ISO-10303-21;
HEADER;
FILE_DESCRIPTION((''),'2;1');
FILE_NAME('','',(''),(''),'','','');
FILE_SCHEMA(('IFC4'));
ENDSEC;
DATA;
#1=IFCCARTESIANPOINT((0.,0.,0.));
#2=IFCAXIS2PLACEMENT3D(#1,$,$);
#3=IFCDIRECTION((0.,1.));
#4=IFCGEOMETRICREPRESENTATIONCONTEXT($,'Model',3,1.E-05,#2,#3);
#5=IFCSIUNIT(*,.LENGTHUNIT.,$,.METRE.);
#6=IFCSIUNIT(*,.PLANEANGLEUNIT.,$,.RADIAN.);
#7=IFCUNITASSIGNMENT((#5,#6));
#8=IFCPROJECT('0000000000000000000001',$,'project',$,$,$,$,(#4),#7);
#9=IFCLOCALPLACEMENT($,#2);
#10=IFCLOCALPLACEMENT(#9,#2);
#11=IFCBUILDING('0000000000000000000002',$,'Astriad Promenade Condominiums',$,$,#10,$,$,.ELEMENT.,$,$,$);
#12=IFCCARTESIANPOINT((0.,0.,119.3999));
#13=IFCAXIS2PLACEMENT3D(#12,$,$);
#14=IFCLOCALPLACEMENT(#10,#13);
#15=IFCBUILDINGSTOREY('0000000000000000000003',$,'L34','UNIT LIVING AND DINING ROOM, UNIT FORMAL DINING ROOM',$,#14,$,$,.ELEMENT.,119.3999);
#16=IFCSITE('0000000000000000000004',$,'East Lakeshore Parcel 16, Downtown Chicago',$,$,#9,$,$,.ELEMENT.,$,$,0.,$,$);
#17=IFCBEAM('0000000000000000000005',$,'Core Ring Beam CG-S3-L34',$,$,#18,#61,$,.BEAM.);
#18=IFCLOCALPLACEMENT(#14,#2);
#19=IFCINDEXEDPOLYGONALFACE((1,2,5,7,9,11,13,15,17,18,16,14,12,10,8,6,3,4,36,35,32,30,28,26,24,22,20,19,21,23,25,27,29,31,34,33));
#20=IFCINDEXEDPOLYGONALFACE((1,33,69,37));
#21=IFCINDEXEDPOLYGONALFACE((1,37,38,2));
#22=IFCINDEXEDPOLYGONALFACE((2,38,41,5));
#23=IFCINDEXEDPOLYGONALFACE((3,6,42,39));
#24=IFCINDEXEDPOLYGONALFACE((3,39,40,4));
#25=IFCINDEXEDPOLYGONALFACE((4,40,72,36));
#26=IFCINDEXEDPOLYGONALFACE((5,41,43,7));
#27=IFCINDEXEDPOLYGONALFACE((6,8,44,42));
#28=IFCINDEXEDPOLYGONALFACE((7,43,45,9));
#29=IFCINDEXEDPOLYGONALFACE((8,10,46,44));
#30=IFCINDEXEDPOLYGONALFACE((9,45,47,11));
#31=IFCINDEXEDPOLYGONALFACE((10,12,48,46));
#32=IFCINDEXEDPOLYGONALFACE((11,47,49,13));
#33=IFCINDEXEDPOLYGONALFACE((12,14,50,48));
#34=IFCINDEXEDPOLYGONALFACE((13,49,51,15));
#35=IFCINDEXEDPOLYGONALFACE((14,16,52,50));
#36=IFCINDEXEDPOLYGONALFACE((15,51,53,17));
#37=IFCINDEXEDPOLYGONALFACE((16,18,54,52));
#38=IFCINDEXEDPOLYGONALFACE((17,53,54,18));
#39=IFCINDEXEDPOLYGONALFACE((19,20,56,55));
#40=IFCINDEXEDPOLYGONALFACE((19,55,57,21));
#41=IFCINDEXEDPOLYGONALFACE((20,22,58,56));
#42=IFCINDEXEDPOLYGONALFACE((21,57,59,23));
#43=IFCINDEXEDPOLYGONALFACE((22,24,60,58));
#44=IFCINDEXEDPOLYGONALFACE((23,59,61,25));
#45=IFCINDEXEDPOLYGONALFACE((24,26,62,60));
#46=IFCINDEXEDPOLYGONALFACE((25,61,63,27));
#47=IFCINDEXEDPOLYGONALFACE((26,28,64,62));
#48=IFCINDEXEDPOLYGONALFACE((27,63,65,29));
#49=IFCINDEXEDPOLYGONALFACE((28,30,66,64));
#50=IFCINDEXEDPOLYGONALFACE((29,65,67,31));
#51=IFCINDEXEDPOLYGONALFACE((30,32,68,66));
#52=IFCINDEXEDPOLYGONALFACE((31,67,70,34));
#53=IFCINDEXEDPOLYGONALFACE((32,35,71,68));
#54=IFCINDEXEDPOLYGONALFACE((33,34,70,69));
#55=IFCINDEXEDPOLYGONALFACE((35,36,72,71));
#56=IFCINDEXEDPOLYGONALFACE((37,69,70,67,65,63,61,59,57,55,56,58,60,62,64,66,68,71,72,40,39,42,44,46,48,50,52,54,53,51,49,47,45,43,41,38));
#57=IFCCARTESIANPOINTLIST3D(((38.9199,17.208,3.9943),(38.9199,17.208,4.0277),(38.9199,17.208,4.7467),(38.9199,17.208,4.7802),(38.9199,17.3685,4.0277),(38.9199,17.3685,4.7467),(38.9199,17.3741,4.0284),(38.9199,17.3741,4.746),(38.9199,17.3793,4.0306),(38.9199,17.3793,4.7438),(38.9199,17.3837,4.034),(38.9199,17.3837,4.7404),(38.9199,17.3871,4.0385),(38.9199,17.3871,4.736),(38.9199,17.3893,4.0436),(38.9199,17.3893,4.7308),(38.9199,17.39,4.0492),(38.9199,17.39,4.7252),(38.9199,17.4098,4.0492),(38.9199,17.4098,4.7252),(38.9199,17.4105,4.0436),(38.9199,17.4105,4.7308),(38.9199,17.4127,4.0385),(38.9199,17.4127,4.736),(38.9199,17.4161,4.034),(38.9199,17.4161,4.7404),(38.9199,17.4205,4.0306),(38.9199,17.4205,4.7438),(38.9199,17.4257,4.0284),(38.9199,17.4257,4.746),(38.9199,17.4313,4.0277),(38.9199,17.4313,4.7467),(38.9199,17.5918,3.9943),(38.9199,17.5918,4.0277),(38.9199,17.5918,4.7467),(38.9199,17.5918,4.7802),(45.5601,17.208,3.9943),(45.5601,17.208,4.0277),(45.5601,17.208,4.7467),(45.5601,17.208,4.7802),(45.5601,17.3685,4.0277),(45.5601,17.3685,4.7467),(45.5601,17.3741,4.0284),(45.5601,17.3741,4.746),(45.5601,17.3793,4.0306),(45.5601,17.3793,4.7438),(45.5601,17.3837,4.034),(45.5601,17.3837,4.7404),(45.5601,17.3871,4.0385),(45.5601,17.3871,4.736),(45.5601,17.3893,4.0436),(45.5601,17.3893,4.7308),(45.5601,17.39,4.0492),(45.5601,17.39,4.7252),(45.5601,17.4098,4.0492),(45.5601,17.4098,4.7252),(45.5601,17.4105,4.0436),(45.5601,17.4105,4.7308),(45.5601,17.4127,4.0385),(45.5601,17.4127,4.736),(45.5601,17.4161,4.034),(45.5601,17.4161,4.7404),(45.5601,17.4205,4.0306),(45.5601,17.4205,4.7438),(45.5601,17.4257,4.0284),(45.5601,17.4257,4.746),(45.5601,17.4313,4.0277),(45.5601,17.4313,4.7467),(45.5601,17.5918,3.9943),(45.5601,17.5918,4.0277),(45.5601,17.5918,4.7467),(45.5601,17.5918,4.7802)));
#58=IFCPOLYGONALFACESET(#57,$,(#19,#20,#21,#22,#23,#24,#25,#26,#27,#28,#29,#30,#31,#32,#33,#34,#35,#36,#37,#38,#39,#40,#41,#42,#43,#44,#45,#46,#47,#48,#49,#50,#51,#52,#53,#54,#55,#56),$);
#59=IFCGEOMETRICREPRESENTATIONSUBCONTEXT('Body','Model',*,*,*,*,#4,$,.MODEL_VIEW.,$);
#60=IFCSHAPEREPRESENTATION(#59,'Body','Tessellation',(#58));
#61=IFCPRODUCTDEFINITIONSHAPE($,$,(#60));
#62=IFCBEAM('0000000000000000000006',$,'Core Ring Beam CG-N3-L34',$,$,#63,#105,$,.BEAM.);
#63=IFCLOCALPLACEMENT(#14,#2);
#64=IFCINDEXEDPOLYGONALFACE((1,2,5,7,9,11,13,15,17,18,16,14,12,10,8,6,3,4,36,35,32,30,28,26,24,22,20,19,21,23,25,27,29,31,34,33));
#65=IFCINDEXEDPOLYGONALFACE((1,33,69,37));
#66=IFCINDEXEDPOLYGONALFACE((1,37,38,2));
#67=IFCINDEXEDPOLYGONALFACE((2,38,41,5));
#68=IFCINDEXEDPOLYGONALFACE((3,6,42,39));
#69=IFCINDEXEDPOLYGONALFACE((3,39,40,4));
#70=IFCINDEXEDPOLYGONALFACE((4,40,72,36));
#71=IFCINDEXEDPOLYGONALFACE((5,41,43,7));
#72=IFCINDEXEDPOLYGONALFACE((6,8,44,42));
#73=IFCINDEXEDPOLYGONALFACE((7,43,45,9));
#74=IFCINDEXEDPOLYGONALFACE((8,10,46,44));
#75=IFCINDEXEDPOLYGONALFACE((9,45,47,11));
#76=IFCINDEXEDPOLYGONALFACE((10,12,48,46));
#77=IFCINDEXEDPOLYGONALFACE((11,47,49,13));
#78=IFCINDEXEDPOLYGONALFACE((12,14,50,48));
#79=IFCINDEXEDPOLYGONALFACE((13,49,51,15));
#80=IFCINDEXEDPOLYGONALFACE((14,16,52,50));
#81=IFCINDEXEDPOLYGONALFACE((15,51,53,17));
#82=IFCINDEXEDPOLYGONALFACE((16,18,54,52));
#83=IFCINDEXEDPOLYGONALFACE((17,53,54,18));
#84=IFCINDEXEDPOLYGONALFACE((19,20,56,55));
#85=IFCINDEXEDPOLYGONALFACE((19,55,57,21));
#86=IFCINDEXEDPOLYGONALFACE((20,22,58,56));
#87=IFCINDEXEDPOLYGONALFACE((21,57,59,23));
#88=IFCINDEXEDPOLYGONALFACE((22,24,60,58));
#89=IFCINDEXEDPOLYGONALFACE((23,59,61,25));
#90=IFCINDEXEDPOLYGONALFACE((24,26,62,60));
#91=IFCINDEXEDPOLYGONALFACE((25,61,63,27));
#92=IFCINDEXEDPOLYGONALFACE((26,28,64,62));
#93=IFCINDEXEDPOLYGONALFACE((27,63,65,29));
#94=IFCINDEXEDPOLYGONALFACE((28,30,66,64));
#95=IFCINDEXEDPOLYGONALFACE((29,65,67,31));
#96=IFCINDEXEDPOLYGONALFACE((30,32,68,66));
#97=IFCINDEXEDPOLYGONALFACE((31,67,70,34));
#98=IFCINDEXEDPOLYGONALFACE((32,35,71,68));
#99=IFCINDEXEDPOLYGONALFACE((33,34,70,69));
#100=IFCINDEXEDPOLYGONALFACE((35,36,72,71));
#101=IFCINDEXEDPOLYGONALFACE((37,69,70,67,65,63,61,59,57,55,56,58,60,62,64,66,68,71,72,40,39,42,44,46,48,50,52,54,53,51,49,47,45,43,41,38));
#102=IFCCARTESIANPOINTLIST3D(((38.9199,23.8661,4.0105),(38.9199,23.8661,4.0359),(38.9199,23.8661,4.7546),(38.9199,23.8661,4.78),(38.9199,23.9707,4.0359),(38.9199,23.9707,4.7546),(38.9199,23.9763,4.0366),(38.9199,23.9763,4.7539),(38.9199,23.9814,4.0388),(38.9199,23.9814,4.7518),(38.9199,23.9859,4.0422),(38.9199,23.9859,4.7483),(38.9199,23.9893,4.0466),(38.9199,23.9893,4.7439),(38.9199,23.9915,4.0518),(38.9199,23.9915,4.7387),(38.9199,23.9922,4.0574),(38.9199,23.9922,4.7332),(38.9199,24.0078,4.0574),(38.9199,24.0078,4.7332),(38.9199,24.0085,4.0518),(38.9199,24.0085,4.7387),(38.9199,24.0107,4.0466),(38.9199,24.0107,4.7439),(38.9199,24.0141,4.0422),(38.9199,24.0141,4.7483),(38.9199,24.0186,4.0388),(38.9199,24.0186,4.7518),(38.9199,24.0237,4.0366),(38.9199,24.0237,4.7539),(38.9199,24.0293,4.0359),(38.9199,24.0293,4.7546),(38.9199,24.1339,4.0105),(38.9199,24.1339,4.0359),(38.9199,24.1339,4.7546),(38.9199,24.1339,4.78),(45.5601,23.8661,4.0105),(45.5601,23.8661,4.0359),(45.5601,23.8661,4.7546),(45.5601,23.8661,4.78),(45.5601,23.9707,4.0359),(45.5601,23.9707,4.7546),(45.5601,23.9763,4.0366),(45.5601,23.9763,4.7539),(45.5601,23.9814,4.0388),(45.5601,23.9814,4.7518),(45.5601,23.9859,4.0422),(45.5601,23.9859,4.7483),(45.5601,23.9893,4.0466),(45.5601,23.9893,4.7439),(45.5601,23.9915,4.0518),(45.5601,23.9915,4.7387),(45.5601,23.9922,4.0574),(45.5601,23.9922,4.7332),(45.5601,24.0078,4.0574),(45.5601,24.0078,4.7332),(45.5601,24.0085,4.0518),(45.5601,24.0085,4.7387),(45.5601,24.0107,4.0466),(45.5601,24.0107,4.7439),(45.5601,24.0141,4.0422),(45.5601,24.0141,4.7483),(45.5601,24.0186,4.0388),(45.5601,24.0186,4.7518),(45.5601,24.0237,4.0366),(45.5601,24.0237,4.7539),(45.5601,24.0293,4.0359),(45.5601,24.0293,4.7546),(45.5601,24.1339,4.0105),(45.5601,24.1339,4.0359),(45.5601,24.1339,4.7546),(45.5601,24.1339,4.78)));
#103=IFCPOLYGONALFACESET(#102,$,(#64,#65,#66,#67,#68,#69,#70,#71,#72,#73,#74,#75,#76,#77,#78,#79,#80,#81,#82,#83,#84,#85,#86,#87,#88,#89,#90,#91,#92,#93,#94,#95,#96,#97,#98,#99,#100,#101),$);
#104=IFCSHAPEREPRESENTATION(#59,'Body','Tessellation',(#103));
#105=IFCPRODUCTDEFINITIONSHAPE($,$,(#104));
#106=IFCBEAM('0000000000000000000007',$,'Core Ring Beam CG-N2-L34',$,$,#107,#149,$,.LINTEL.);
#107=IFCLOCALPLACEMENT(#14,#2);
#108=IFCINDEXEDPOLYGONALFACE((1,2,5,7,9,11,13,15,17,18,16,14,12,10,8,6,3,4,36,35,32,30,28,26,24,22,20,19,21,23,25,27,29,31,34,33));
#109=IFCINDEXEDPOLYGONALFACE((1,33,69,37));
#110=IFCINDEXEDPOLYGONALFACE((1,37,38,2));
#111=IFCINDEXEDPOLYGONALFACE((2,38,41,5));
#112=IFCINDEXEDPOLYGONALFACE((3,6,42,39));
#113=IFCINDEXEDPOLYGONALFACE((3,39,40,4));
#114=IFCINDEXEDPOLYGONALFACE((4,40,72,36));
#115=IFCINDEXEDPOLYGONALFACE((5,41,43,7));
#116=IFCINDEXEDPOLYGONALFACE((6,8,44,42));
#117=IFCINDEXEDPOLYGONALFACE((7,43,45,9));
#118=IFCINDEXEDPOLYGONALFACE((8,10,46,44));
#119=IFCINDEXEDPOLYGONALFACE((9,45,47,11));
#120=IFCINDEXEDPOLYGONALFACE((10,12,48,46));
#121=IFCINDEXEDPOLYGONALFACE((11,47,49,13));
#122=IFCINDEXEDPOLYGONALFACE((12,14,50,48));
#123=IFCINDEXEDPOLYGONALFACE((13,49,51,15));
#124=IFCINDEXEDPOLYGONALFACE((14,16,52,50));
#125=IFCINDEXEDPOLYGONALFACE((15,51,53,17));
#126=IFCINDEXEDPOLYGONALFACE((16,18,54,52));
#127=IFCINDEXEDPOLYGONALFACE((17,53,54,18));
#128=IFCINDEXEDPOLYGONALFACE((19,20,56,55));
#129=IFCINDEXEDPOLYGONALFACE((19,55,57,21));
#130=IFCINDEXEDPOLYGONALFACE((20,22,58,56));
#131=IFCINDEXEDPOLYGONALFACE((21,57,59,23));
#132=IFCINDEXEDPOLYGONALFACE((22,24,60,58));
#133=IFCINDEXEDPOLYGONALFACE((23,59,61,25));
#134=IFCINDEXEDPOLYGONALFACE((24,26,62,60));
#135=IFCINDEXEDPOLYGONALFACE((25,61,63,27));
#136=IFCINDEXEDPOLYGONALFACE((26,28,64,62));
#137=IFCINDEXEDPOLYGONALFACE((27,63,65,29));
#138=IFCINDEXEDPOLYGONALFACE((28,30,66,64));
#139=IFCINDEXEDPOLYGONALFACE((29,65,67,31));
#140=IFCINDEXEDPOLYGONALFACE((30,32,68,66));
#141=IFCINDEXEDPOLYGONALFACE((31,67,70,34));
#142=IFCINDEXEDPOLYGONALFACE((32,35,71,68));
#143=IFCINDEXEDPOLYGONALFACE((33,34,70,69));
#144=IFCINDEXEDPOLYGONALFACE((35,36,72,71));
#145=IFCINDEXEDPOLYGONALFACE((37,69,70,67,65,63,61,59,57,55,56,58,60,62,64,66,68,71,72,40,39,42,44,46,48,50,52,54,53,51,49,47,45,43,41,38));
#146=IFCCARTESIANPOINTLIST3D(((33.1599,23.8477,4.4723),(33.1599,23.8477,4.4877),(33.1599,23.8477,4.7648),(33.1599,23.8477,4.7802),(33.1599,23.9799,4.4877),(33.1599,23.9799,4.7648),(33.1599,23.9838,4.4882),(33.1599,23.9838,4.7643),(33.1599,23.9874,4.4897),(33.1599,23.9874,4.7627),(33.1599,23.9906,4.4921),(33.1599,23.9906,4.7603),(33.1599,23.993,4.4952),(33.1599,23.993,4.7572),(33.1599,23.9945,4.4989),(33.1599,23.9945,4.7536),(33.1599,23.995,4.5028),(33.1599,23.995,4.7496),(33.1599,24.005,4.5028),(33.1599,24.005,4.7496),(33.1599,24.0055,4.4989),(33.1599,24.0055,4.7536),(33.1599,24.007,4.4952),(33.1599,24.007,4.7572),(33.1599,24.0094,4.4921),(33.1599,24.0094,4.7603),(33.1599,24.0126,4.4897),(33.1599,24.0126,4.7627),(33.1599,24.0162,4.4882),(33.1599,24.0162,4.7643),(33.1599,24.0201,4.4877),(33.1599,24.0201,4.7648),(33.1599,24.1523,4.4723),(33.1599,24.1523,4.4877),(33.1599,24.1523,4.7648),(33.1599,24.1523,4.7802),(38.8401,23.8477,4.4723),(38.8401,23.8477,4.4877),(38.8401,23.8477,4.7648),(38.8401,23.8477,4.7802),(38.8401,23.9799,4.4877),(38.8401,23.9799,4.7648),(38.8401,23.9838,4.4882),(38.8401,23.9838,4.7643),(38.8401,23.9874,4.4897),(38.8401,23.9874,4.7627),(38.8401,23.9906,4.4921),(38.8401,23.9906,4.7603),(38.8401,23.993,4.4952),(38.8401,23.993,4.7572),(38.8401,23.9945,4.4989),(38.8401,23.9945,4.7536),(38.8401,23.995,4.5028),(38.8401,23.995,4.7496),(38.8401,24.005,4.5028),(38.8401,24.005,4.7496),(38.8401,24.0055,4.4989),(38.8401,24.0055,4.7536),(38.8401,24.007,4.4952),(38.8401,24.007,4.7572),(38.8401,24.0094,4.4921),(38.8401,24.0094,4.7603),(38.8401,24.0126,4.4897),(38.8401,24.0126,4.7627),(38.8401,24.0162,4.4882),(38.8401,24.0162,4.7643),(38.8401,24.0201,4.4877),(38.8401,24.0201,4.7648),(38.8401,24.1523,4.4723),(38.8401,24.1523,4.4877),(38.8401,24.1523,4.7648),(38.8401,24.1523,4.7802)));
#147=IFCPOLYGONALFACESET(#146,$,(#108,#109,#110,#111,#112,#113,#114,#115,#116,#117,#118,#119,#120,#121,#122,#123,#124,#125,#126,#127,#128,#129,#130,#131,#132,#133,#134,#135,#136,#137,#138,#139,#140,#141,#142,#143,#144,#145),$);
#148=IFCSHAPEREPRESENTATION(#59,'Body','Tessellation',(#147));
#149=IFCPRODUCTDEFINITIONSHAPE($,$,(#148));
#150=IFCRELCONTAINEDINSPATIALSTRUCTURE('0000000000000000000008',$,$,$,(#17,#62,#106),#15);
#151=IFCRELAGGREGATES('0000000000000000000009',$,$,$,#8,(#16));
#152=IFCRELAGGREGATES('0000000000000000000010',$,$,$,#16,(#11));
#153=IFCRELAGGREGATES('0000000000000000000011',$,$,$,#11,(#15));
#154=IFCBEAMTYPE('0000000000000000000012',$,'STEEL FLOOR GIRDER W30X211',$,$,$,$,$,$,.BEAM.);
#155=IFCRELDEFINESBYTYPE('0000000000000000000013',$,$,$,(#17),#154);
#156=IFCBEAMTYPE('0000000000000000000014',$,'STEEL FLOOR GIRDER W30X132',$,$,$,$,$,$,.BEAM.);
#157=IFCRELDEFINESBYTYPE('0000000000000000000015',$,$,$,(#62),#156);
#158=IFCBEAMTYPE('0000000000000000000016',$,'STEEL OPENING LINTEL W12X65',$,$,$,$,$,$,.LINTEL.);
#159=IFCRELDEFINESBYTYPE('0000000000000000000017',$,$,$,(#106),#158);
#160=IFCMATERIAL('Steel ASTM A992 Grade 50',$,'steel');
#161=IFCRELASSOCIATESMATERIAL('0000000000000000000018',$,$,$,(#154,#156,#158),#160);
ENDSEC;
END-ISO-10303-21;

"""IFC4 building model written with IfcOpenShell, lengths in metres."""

from ifc_helpers import new_model, si_unit, direction, frame, origin, origin_2d, place, context, subcontext, project, spatial, i_section, extrude, source, transform, mapped, material, material_profile, profile_set, type_object, type_shapes, element, save


model = new_model("IFC4")

# Units and contexts
model_context = context("Model", 3, precision=1e-05, world=origin(), true_north=direction((0.0, 1.0)))
body_context = subcontext(model_context, "Body", "Model", "MODEL_VIEW")
ifc_project = project(units=[si_unit("LENGTHUNIT", "METRE"), si_unit("PLANEANGLEUNIT", "RADIAN")], contexts=[model_context])

# Site, building, storey
site_placement = place(None, origin())
site = spatial("IfcSite", under=ifc_project, at=site_placement, Name="East Lakeshore Parcel 16, Downtown Chicago", CompositionType="ELEMENT", RefElevation=0.0)
building_placement = place(site_placement, origin())
building = spatial("IfcBuilding", under=site, at=building_placement, Name="Astriad Promenade Condominiums", CompositionType="ELEMENT")
storey_placement = place(building_placement, frame((0.0, 0.0, 119.3999)))
storey = spatial("IfcBuildingStorey", under=building, at=storey_placement, Name="L34", Description="UNIT LIVING AND DINING ROOM, UNIT FORMAL DINING ROOM", CompositionType="ELEMENT", Elevation=119.3999)

# Shared definitions
ifc_material_1 = material(Name="Steel ASTM A992 Grade 50", Category="steel")

# Beams
ifc_material_profile_1 = material_profile(ifc_material_1, i_section(OverallWidth=0.3838, OverallDepth=0.7859, WebThickness=0.0198, FlangeThickness=0.0334, FilletRadius=0.0215, at=origin_2d()), Name="W30X211")
ifc_profile_set_1 = profile_set([ifc_material_profile_1], Name="Steel ASTM A992 Grade 50")
beam_type_1 = type_object("IfcBeamType", Name="STEEL FLOOR GIRDER W30X211", PredefinedType="BEAM", material=ifc_profile_set_1)
shared_shape_1 = source(origin(), body_context, "Body", "SweptSolid", [
    extrude(i_section(OverallWidth=0.3838, OverallDepth=0.7859, WebThickness=0.0198, FlangeThickness=0.0334, FilletRadius=0.0215, at=origin_2d()), origin(), (0.0, 0.0, 1.0), 6.6401),
])
type_shapes(beam_type_1, [shared_shape_1])
beam_1_placement = place(storey_placement, frame((38.9199, 17.3999, 4.3872), z_axis=(1.0, 0.0, 0.0), x_axis=(0.0, 1.0, 0.0)))
element("IfcBeam", 1, at=beam_1_placement, inside=storey, type_object=beam_type_1, Name="Core Ring Beam CG-S3-L34", PredefinedType="BEAM", context=body_context, shape_type="MappedRepresentation", body=[
    mapped(shared_shape_1, transform((0.0, 0.0, 0.0), scale=1.0)),
])
ifc_material_profile_2 = material_profile(ifc_material_1, i_section(OverallWidth=0.2678, OverallDepth=0.7695, WebThickness=0.0156, FlangeThickness=0.0254, FilletRadius=0.0215, at=origin_2d()), Name="W30X132")
ifc_profile_set_2 = profile_set([ifc_material_profile_2], Name="Steel ASTM A992 Grade 50")
beam_type_2 = type_object("IfcBeamType", Name="STEEL FLOOR GIRDER W30X132", PredefinedType="BEAM", material=ifc_profile_set_2)
shared_shape_2 = source(origin(), body_context, "Body", "SweptSolid", [
    extrude(i_section(OverallWidth=0.2678, OverallDepth=0.7695, WebThickness=0.0156, FlangeThickness=0.0254, FilletRadius=0.0215, at=origin_2d()), origin(), (0.0, 0.0, 1.0), 6.6401),
])
type_shapes(beam_type_2, [shared_shape_2])
beam_2_placement = place(storey_placement, frame((38.9199, 24.0, 4.3953), z_axis=(1.0, 0.0, 0.0), x_axis=(0.0, 1.0, 0.0)))
element("IfcBeam", 2, at=beam_2_placement, inside=storey, type_object=beam_type_2, Name="Core Ring Beam CG-N3-L34", PredefinedType="BEAM", context=body_context, shape_type="MappedRepresentation", body=[
    mapped(shared_shape_2, transform((0.0, 0.0, 0.0), scale=1.0)),
])
ifc_material_profile_3 = material_profile(ifc_material_1, i_section(OverallWidth=0.3047, OverallDepth=0.3079, WebThickness=0.01, FlangeThickness=0.0154, FilletRadius=0.0151, at=origin_2d()), Name="W12X65")
ifc_profile_set_3 = profile_set([ifc_material_profile_3], Name="Steel ASTM A992 Grade 50")
beam_type_3 = type_object("IfcBeamType", Name="STEEL OPENING LINTEL W12X65", PredefinedType="LINTEL", material=ifc_profile_set_3)
shared_shape_3 = source(origin(), body_context, "Body", "SweptSolid", [
    extrude(i_section(OverallWidth=0.3047, OverallDepth=0.3079, WebThickness=0.01, FlangeThickness=0.0154, FilletRadius=0.0151, at=origin_2d()), origin(), (0.0, 0.0, 1.0), 5.6802),
])
type_shapes(beam_type_3, [shared_shape_3])
beam_3_placement = place(storey_placement, frame((33.1599, 24.0, 4.6262), z_axis=(1.0, 0.0, 0.0), x_axis=(0.0, 1.0, 0.0)))
element("IfcBeam", 3, at=beam_3_placement, inside=storey, type_object=beam_type_3, Name="Core Ring Beam CG-N2-L34", PredefinedType="LINTEL", context=body_context, shape_type="MappedRepresentation", body=[
    mapped(shared_shape_3, transform((0.0, 0.0, 0.0), scale=1.0)),
])

save(model, "model.ifc")
